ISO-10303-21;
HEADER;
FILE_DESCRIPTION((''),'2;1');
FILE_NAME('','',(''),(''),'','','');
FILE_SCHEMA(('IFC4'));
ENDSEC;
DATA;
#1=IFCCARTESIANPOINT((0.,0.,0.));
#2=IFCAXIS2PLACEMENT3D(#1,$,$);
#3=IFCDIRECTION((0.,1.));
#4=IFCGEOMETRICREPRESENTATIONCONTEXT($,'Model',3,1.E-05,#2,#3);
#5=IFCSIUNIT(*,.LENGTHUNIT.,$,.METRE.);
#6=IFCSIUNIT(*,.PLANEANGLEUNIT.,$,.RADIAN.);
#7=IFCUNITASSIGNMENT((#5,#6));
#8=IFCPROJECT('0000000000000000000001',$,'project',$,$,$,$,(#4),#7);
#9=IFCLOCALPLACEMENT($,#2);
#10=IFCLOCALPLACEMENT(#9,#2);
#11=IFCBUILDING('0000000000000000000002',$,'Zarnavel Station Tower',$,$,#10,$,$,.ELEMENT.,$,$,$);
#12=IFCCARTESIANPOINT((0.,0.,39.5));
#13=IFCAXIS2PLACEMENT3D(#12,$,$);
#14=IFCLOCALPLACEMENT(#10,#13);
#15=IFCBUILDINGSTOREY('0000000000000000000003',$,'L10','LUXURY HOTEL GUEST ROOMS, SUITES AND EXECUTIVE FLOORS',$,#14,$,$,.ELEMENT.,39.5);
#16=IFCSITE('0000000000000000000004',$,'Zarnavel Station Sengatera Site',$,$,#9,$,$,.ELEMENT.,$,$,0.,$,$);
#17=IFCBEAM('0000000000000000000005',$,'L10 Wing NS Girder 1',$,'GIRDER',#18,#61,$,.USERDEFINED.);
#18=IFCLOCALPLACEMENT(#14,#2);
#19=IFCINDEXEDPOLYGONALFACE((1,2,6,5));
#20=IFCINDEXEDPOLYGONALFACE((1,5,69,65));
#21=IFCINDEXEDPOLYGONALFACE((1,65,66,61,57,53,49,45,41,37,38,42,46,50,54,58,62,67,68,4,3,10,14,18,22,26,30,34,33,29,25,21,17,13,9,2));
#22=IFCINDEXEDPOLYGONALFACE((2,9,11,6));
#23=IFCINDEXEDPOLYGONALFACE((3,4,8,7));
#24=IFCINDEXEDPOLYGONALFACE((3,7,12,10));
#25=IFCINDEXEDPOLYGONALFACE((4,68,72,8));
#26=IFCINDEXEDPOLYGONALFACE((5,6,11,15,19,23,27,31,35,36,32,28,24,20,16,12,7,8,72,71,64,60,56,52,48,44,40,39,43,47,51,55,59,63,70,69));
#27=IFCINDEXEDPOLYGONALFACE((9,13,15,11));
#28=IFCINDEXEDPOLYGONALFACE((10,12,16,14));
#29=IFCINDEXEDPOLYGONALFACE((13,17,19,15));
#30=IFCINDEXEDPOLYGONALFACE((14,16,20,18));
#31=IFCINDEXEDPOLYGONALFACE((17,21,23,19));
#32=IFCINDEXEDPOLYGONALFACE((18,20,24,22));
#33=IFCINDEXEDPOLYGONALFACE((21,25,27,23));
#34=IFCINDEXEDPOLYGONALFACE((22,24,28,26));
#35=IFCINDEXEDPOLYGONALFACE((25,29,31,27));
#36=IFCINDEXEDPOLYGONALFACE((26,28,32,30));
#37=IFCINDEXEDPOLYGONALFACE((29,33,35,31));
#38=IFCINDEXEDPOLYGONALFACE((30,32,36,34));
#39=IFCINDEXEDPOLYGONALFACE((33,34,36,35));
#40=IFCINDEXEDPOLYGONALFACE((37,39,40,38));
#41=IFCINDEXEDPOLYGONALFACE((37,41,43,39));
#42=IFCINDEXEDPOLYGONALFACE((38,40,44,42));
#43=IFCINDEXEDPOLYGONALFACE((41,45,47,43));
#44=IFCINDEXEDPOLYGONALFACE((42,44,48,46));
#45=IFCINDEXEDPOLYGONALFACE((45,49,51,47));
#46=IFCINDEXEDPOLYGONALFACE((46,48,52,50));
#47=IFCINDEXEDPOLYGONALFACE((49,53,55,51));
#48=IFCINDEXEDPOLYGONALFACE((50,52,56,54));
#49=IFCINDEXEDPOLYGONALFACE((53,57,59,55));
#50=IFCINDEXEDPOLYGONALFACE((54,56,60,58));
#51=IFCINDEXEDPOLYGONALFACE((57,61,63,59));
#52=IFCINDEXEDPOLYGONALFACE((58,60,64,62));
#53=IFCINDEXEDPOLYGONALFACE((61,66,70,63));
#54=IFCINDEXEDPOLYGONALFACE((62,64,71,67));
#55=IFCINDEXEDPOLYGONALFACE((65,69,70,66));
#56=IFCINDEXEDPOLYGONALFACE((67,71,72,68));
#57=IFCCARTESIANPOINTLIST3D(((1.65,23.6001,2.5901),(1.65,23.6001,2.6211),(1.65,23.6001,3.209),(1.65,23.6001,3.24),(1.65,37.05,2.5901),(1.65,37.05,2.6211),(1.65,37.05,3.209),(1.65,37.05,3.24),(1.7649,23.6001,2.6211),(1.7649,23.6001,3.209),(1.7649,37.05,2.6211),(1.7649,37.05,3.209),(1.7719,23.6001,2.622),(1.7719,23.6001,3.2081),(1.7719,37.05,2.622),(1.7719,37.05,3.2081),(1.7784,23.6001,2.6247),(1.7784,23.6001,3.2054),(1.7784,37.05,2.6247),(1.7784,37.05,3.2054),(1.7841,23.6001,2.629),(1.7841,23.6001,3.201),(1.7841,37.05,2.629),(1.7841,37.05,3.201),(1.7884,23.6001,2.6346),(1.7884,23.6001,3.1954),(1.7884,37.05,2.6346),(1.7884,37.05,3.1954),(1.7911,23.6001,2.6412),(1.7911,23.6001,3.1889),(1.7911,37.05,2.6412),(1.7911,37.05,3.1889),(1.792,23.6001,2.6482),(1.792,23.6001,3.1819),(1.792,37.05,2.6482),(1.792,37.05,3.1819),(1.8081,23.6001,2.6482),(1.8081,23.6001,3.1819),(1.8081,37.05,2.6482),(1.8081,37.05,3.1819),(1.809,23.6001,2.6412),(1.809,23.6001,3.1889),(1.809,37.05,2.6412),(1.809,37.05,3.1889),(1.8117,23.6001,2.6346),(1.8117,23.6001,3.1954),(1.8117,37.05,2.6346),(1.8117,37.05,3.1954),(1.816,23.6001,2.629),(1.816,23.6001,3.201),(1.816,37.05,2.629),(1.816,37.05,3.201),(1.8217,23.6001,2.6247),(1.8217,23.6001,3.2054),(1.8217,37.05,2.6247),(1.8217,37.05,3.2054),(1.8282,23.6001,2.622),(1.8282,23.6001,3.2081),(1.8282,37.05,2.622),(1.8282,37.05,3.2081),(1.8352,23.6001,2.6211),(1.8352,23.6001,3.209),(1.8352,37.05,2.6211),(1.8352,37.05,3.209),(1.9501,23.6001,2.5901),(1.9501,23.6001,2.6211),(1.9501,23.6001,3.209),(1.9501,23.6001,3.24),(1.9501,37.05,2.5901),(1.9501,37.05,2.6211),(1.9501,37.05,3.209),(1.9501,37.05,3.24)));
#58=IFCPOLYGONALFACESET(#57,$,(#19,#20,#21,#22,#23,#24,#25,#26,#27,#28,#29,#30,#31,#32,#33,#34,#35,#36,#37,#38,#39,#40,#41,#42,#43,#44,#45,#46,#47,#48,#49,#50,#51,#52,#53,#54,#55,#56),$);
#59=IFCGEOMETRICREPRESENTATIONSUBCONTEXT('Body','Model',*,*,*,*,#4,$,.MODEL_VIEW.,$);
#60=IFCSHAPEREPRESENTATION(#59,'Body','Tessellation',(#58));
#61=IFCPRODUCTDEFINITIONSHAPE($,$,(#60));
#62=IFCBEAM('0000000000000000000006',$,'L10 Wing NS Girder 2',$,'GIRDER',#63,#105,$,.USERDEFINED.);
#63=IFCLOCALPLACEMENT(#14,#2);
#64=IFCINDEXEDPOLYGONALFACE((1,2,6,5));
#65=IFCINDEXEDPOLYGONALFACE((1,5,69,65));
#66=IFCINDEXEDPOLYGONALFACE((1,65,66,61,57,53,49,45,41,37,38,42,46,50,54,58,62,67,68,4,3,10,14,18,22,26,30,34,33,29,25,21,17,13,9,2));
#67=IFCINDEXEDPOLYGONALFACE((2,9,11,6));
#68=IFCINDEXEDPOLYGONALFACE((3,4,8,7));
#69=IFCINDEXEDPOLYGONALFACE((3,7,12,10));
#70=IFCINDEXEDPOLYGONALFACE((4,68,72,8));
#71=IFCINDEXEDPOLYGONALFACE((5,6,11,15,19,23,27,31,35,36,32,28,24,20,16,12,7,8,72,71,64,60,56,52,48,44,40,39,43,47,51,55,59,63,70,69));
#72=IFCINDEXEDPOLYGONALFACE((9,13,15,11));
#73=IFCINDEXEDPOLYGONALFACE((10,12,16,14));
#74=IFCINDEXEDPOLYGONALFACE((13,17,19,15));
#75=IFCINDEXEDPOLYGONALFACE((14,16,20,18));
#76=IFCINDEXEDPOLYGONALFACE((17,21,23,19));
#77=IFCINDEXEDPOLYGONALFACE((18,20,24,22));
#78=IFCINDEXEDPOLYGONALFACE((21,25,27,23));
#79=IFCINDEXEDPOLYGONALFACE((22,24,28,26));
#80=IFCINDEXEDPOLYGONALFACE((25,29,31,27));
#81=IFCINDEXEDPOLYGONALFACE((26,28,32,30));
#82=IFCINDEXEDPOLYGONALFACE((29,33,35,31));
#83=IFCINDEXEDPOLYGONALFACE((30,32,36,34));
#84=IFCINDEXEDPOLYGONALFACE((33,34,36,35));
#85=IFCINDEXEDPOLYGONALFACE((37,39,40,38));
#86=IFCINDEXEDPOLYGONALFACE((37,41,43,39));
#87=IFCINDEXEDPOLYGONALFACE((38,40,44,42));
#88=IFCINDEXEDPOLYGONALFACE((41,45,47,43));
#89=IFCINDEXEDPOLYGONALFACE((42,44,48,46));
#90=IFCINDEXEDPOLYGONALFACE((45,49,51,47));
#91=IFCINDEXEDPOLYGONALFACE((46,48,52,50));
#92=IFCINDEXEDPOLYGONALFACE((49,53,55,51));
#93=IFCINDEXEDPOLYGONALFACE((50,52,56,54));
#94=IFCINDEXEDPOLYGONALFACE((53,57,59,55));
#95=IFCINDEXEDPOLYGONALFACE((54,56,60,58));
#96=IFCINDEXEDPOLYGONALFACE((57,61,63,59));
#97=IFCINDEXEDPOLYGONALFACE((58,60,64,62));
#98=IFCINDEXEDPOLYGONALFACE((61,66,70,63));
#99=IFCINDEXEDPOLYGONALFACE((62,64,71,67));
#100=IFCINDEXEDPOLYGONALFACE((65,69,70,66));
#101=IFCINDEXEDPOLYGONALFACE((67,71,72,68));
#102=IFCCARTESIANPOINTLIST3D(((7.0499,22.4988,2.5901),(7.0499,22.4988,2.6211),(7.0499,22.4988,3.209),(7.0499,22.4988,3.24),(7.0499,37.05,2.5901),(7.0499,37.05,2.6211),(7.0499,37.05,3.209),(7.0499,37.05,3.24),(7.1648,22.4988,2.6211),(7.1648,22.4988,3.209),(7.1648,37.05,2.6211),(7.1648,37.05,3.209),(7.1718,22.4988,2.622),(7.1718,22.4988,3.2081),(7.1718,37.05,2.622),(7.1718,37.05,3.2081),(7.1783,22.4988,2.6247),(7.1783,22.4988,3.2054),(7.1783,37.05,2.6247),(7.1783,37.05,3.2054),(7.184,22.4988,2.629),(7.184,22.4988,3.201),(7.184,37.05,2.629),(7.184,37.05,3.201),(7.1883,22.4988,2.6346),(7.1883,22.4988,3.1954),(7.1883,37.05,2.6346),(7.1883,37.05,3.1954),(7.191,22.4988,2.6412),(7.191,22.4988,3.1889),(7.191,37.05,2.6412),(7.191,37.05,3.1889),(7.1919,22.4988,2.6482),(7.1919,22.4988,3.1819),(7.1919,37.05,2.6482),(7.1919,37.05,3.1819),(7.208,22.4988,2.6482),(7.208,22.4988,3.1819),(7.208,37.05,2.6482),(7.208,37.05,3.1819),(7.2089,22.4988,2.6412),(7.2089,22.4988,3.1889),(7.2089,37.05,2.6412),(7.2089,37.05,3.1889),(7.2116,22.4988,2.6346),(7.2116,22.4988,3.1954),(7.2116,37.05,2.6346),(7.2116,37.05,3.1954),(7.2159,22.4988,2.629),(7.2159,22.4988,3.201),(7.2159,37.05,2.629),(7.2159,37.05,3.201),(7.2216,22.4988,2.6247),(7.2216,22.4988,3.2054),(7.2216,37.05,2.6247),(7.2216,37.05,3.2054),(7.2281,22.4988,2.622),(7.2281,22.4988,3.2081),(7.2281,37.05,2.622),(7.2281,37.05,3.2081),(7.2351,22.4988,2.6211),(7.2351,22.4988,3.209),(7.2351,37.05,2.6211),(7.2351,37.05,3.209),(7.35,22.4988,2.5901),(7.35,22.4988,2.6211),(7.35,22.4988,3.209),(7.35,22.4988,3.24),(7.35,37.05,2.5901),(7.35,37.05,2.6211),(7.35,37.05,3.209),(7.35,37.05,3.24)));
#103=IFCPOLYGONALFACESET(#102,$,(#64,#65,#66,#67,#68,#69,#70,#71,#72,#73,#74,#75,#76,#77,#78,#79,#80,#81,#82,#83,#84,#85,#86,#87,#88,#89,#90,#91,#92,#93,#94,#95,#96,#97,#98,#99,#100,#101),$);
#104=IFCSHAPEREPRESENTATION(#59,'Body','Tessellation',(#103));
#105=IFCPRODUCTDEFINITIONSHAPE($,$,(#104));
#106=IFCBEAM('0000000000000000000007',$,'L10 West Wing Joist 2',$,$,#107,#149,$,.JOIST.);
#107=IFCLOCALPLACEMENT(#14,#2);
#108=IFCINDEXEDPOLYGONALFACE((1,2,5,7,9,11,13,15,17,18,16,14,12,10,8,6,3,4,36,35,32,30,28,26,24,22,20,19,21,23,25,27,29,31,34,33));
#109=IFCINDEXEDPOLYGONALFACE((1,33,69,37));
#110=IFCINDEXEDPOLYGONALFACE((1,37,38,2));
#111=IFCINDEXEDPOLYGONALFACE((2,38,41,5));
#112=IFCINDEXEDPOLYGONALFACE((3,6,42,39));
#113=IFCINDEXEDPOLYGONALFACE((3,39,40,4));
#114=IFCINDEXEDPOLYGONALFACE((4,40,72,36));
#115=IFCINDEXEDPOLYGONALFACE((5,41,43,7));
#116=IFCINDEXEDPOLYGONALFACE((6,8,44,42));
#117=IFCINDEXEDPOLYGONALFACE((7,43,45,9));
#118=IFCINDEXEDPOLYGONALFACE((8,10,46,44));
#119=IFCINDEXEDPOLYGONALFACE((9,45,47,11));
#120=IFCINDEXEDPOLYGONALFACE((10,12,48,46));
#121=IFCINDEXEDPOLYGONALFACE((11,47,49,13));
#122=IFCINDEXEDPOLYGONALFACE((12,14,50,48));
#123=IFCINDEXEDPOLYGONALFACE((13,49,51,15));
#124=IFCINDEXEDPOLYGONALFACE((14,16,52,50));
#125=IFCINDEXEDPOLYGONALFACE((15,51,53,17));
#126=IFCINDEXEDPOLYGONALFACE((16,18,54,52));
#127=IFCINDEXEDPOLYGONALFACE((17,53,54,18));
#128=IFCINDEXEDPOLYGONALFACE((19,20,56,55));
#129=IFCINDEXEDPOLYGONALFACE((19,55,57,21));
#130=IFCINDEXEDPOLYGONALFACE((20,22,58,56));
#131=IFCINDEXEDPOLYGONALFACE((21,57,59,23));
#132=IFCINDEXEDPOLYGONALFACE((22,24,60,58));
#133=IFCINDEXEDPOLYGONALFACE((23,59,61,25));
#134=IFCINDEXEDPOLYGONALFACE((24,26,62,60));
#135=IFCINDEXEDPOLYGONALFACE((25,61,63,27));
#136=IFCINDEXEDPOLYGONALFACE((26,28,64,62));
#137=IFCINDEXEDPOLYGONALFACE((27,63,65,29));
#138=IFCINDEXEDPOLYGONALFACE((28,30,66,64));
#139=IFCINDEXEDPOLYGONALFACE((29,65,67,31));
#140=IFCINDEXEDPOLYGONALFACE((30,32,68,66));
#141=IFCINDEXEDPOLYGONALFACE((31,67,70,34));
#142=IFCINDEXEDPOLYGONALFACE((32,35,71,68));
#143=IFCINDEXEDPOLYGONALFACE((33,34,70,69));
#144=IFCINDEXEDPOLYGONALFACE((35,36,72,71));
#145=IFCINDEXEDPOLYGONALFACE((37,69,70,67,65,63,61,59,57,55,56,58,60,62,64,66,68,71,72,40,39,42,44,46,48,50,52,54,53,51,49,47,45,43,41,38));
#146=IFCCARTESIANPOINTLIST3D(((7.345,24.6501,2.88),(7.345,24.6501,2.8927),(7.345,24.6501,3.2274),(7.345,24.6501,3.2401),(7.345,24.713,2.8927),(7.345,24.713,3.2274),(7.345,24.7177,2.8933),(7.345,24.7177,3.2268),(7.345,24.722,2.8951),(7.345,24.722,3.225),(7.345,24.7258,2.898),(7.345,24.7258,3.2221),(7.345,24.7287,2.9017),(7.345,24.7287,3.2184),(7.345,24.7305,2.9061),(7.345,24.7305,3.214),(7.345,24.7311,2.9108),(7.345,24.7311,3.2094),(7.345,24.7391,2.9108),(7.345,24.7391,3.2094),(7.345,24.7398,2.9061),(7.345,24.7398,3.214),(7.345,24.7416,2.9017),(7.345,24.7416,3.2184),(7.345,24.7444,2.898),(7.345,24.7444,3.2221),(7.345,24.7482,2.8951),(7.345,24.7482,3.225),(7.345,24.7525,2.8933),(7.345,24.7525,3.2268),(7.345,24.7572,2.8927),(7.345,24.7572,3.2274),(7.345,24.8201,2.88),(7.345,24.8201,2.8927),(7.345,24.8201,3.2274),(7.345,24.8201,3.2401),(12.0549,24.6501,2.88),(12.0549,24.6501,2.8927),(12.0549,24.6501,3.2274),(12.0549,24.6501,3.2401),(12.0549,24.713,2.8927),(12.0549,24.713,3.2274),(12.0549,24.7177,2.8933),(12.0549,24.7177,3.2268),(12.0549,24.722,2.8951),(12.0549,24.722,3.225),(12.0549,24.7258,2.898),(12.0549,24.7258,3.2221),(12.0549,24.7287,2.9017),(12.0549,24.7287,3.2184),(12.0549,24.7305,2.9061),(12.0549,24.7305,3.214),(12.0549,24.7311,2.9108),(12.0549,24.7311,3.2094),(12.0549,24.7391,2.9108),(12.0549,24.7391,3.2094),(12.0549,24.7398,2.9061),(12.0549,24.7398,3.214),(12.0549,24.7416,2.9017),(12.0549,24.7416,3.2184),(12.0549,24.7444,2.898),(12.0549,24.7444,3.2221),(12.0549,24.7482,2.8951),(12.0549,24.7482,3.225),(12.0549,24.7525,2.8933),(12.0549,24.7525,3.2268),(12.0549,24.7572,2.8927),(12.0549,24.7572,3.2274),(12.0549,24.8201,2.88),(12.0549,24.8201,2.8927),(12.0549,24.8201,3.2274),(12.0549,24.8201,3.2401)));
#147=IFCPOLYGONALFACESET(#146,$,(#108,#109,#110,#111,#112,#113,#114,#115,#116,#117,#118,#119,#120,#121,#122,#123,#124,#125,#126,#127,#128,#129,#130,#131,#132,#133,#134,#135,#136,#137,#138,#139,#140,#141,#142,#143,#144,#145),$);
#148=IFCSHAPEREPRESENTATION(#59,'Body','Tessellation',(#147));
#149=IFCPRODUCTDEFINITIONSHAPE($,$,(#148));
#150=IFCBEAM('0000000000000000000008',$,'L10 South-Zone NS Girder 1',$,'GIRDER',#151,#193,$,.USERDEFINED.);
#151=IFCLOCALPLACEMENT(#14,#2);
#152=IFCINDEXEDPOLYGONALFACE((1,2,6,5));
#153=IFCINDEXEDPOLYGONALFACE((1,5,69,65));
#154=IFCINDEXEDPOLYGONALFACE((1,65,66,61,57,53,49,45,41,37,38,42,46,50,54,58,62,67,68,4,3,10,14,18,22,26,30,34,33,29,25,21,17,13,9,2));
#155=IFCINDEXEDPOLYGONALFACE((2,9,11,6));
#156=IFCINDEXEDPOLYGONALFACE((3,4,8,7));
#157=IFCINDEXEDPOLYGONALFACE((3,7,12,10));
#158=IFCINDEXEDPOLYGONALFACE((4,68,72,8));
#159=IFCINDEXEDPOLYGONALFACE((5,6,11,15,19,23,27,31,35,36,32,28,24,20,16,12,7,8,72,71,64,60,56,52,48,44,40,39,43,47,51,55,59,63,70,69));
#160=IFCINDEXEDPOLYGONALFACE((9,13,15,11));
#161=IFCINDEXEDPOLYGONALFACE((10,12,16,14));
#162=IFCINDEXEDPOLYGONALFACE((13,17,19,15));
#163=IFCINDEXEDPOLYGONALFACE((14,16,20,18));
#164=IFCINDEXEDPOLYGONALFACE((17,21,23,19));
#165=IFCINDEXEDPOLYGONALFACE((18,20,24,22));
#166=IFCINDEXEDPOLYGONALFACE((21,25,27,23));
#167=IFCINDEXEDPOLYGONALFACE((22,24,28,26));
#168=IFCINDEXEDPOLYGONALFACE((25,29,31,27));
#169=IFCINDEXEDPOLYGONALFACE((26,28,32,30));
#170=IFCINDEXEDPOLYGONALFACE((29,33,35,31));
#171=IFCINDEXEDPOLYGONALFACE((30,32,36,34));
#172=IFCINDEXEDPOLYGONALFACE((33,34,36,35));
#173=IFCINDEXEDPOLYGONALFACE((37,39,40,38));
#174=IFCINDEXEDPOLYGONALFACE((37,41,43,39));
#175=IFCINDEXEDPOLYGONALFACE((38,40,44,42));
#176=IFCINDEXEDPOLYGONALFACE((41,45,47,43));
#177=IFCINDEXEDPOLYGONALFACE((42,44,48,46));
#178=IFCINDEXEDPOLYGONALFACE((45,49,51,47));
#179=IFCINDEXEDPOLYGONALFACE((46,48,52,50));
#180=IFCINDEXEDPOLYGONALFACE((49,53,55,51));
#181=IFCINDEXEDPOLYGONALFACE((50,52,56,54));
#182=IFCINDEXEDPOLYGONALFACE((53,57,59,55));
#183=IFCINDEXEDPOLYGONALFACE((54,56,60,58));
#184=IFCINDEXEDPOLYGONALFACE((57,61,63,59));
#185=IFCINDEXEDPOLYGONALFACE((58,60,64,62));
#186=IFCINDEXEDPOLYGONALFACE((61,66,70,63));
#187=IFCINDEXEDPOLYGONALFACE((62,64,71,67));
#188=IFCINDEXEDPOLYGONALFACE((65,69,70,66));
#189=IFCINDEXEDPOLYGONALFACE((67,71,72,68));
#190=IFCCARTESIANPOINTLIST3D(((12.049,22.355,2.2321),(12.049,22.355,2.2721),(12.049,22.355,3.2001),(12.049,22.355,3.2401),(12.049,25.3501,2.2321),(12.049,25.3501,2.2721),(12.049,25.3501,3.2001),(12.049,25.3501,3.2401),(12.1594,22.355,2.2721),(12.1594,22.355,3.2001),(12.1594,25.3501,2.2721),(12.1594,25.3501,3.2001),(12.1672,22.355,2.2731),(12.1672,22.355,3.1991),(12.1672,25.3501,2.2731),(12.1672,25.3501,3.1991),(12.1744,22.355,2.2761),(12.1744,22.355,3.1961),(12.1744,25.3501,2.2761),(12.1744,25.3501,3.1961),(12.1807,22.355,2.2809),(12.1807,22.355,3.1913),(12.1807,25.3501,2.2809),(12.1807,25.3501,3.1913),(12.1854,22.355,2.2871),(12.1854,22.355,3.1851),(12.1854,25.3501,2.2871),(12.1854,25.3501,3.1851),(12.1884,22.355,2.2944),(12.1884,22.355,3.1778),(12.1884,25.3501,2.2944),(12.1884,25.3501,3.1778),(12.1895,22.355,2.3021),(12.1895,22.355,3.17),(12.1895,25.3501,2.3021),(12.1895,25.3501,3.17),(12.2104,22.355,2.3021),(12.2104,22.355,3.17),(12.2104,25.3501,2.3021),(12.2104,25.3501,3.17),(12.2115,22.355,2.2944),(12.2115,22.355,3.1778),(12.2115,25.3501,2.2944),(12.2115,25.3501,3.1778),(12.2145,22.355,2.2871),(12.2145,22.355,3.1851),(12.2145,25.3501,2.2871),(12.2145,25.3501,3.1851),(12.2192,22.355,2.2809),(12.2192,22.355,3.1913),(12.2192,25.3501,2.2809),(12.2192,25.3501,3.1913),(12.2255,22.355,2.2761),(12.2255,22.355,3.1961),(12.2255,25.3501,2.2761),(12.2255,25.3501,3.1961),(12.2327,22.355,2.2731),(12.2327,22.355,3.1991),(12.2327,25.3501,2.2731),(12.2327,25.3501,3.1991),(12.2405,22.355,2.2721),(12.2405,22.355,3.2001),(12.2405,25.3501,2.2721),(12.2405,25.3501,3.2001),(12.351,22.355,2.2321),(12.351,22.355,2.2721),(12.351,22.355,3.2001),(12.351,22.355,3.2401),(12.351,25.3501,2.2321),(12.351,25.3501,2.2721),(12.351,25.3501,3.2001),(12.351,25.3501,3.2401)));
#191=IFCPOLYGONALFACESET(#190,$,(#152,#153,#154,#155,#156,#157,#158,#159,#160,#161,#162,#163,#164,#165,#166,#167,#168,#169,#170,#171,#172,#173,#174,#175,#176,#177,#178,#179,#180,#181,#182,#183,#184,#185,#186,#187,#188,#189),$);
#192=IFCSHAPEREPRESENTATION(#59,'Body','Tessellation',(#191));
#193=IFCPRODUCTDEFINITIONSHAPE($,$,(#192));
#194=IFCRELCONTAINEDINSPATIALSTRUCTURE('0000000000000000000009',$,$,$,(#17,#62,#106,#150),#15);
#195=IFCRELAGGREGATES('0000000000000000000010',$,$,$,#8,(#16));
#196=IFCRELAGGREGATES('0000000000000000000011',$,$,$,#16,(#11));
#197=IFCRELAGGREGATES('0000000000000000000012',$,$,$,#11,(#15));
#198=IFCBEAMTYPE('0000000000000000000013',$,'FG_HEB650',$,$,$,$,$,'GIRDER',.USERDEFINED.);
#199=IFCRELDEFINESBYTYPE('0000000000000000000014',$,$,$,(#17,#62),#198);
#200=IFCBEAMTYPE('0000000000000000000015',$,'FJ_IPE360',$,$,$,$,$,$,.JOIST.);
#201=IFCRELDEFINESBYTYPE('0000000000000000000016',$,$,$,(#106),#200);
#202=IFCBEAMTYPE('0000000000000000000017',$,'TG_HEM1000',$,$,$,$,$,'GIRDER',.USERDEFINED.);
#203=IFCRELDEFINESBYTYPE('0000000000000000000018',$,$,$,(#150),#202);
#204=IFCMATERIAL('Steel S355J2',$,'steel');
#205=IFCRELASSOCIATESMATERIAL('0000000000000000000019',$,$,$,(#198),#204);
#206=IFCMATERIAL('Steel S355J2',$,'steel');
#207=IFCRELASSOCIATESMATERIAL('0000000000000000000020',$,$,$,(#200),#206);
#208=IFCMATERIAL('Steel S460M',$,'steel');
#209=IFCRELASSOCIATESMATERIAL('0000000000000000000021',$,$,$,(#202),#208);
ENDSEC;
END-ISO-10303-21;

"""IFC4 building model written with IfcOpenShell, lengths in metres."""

from ifc_helpers import new_model, si_unit, direction, frame, origin, origin_2d, place, context, subcontext, project, spatial, i_section, extrude, material, material_profile, profile_set, type_object, element, save


model = new_model("IFC4")

# Units and contexts
model_context = context("Model", 3, precision=1e-05, world=origin(), true_north=direction((0.0, 1.0)))
body_context = subcontext(model_context, "Body", "Model", "MODEL_VIEW")
ifc_project = project(units=[si_unit("LENGTHUNIT", "METRE"), si_unit("PLANEANGLEUNIT", "RADIAN")], contexts=[model_context])

# Site, building, storey
site_placement = place(None, origin())
site = spatial("IfcSite", under=ifc_project, at=site_placement, Name="Zarnavel Station Sengatera Site", CompositionType="ELEMENT", RefElevation=0.0)
building_placement = place(site_placement, origin())
building = spatial("IfcBuilding", under=site, at=building_placement, Name="Zarnavel Station Tower", CompositionType="ELEMENT")
storey_placement = place(building_placement, frame((0.0, 0.0, 39.5)))
storey = spatial("IfcBuildingStorey", under=building, at=storey_placement, Name="L10", Description="LUXURY HOTEL GUEST ROOMS, SUITES AND EXECUTIVE FLOORS", CompositionType="ELEMENT", Elevation=39.5)

# Beams
ifc_material_1 = material(Name="Steel S355J2", Category="steel")
ifc_material_profile_1 = material_profile(ifc_material_1, i_section(OverallWidth=0.3, OverallDepth=0.6499, WebThickness=0.0161, FlangeThickness=0.031, FilletRadius=0.0271, at=origin_2d()), Name="HEB650")
ifc_profile_set_1 = profile_set([ifc_material_profile_1], Name="Steel S355J2")
beam_type_1 = type_object("IfcBeamType", Name="FG_HEB650", ElementType="GIRDER", PredefinedType="USERDEFINED", material=ifc_profile_set_1)
beam_1_placement = place(storey_placement, frame((1.8, 23.6001, 2.915), z_axis=(0.0, 1.0, 0.0), x_axis=(-1.0, 0.0, 0.0)))
element("IfcBeam", 1, at=beam_1_placement, inside=storey, type_object=beam_type_1, Name="L10 Wing NS Girder 1", ObjectType="GIRDER", PredefinedType="USERDEFINED", context=body_context, shape_type="SweptSolid", body=[
    extrude(i_section(OverallWidth=0.3, OverallDepth=0.6499, WebThickness=0.0161, FlangeThickness=0.031, FilletRadius=0.0271, at=origin_2d()), origin(), (0.0, 0.0, 1.0), 13.45),
])
beam_2_placement = place(storey_placement, frame((7.2, 22.4988, 2.915), z_axis=(0.0, 1.0, 0.0), x_axis=(-1.0, 0.0, 0.0)))
element("IfcBeam", 2, at=beam_2_placement, inside=storey, type_object=beam_type_1, Name="L10 Wing NS Girder 2", ObjectType="GIRDER", PredefinedType="USERDEFINED", context=body_context, shape_type="SweptSolid", body=[
    extrude(i_section(OverallWidth=0.3, OverallDepth=0.6499, WebThickness=0.0161, FlangeThickness=0.031, FilletRadius=0.0271, at=origin_2d()), origin(), (0.0, 0.0, 1.0), 14.5513),
])
ifc_material_2 = material(Name="Steel S355J2", Category="steel")
ifc_material_profile_2 = material_profile(ifc_material_2, i_section(OverallWidth=0.1699, OverallDepth=0.3601, WebThickness=0.0081, FlangeThickness=0.0127, FilletRadius=0.0181, at=origin_2d()), Name="IPE360")
ifc_profile_set_2 = profile_set([ifc_material_profile_2], Name="Steel S355J2")
beam_type_2 = type_object("IfcBeamType", Name="FJ_IPE360", PredefinedType="JOIST", material=ifc_profile_set_2)
beam_3_placement = place(storey_placement, frame((7.345, 24.7351, 3.0601), z_axis=(1.0, 0.0, 0.0), x_axis=(0.0, 1.0, 0.0)))
element("IfcBeam", 3, at=beam_3_placement, inside=storey, type_object=beam_type_2, Name="L10 West Wing Joist 2", PredefinedType="JOIST", context=body_context, shape_type="SweptSolid", body=[
    extrude(i_section(OverallWidth=0.1699, OverallDepth=0.3601, WebThickness=0.0081, FlangeThickness=0.0127, FilletRadius=0.0181, at=origin_2d()), origin(), (0.0, 0.0, 1.0), 4.71),
])
ifc_material_3 = material(Name="Steel S460M", Category="steel")
ifc_material_profile_3 = material_profile(ifc_material_3, i_section(OverallWidth=0.302, OverallDepth=1.0081, WebThickness=0.021, FlangeThickness=0.04, FilletRadius=0.03, at=origin_2d()), Name="HEM1000")
ifc_profile_set_3 = profile_set([ifc_material_profile_3], Name="Steel S460M")
beam_type_3 = type_object("IfcBeamType", Name="TG_HEM1000", ElementType="GIRDER", PredefinedType="USERDEFINED", material=ifc_profile_set_3)
beam_4_placement = place(storey_placement, frame((12.2, 22.355, 2.7361), z_axis=(0.0, 1.0, 0.0), x_axis=(-1.0, 0.0, 0.0)))
element("IfcBeam", 4, at=beam_4_placement, inside=storey, type_object=beam_type_3, Name="L10 South-Zone NS Girder 1", ObjectType="GIRDER", PredefinedType="USERDEFINED", context=body_context, shape_type="SweptSolid", body=[
    extrude(i_section(OverallWidth=0.302, OverallDepth=1.0081, WebThickness=0.021, FlangeThickness=0.04, FilletRadius=0.03, at=origin_2d()), origin(), (0.0, 0.0, 1.0), 2.9951),
])

save(model, "model.ifc")
